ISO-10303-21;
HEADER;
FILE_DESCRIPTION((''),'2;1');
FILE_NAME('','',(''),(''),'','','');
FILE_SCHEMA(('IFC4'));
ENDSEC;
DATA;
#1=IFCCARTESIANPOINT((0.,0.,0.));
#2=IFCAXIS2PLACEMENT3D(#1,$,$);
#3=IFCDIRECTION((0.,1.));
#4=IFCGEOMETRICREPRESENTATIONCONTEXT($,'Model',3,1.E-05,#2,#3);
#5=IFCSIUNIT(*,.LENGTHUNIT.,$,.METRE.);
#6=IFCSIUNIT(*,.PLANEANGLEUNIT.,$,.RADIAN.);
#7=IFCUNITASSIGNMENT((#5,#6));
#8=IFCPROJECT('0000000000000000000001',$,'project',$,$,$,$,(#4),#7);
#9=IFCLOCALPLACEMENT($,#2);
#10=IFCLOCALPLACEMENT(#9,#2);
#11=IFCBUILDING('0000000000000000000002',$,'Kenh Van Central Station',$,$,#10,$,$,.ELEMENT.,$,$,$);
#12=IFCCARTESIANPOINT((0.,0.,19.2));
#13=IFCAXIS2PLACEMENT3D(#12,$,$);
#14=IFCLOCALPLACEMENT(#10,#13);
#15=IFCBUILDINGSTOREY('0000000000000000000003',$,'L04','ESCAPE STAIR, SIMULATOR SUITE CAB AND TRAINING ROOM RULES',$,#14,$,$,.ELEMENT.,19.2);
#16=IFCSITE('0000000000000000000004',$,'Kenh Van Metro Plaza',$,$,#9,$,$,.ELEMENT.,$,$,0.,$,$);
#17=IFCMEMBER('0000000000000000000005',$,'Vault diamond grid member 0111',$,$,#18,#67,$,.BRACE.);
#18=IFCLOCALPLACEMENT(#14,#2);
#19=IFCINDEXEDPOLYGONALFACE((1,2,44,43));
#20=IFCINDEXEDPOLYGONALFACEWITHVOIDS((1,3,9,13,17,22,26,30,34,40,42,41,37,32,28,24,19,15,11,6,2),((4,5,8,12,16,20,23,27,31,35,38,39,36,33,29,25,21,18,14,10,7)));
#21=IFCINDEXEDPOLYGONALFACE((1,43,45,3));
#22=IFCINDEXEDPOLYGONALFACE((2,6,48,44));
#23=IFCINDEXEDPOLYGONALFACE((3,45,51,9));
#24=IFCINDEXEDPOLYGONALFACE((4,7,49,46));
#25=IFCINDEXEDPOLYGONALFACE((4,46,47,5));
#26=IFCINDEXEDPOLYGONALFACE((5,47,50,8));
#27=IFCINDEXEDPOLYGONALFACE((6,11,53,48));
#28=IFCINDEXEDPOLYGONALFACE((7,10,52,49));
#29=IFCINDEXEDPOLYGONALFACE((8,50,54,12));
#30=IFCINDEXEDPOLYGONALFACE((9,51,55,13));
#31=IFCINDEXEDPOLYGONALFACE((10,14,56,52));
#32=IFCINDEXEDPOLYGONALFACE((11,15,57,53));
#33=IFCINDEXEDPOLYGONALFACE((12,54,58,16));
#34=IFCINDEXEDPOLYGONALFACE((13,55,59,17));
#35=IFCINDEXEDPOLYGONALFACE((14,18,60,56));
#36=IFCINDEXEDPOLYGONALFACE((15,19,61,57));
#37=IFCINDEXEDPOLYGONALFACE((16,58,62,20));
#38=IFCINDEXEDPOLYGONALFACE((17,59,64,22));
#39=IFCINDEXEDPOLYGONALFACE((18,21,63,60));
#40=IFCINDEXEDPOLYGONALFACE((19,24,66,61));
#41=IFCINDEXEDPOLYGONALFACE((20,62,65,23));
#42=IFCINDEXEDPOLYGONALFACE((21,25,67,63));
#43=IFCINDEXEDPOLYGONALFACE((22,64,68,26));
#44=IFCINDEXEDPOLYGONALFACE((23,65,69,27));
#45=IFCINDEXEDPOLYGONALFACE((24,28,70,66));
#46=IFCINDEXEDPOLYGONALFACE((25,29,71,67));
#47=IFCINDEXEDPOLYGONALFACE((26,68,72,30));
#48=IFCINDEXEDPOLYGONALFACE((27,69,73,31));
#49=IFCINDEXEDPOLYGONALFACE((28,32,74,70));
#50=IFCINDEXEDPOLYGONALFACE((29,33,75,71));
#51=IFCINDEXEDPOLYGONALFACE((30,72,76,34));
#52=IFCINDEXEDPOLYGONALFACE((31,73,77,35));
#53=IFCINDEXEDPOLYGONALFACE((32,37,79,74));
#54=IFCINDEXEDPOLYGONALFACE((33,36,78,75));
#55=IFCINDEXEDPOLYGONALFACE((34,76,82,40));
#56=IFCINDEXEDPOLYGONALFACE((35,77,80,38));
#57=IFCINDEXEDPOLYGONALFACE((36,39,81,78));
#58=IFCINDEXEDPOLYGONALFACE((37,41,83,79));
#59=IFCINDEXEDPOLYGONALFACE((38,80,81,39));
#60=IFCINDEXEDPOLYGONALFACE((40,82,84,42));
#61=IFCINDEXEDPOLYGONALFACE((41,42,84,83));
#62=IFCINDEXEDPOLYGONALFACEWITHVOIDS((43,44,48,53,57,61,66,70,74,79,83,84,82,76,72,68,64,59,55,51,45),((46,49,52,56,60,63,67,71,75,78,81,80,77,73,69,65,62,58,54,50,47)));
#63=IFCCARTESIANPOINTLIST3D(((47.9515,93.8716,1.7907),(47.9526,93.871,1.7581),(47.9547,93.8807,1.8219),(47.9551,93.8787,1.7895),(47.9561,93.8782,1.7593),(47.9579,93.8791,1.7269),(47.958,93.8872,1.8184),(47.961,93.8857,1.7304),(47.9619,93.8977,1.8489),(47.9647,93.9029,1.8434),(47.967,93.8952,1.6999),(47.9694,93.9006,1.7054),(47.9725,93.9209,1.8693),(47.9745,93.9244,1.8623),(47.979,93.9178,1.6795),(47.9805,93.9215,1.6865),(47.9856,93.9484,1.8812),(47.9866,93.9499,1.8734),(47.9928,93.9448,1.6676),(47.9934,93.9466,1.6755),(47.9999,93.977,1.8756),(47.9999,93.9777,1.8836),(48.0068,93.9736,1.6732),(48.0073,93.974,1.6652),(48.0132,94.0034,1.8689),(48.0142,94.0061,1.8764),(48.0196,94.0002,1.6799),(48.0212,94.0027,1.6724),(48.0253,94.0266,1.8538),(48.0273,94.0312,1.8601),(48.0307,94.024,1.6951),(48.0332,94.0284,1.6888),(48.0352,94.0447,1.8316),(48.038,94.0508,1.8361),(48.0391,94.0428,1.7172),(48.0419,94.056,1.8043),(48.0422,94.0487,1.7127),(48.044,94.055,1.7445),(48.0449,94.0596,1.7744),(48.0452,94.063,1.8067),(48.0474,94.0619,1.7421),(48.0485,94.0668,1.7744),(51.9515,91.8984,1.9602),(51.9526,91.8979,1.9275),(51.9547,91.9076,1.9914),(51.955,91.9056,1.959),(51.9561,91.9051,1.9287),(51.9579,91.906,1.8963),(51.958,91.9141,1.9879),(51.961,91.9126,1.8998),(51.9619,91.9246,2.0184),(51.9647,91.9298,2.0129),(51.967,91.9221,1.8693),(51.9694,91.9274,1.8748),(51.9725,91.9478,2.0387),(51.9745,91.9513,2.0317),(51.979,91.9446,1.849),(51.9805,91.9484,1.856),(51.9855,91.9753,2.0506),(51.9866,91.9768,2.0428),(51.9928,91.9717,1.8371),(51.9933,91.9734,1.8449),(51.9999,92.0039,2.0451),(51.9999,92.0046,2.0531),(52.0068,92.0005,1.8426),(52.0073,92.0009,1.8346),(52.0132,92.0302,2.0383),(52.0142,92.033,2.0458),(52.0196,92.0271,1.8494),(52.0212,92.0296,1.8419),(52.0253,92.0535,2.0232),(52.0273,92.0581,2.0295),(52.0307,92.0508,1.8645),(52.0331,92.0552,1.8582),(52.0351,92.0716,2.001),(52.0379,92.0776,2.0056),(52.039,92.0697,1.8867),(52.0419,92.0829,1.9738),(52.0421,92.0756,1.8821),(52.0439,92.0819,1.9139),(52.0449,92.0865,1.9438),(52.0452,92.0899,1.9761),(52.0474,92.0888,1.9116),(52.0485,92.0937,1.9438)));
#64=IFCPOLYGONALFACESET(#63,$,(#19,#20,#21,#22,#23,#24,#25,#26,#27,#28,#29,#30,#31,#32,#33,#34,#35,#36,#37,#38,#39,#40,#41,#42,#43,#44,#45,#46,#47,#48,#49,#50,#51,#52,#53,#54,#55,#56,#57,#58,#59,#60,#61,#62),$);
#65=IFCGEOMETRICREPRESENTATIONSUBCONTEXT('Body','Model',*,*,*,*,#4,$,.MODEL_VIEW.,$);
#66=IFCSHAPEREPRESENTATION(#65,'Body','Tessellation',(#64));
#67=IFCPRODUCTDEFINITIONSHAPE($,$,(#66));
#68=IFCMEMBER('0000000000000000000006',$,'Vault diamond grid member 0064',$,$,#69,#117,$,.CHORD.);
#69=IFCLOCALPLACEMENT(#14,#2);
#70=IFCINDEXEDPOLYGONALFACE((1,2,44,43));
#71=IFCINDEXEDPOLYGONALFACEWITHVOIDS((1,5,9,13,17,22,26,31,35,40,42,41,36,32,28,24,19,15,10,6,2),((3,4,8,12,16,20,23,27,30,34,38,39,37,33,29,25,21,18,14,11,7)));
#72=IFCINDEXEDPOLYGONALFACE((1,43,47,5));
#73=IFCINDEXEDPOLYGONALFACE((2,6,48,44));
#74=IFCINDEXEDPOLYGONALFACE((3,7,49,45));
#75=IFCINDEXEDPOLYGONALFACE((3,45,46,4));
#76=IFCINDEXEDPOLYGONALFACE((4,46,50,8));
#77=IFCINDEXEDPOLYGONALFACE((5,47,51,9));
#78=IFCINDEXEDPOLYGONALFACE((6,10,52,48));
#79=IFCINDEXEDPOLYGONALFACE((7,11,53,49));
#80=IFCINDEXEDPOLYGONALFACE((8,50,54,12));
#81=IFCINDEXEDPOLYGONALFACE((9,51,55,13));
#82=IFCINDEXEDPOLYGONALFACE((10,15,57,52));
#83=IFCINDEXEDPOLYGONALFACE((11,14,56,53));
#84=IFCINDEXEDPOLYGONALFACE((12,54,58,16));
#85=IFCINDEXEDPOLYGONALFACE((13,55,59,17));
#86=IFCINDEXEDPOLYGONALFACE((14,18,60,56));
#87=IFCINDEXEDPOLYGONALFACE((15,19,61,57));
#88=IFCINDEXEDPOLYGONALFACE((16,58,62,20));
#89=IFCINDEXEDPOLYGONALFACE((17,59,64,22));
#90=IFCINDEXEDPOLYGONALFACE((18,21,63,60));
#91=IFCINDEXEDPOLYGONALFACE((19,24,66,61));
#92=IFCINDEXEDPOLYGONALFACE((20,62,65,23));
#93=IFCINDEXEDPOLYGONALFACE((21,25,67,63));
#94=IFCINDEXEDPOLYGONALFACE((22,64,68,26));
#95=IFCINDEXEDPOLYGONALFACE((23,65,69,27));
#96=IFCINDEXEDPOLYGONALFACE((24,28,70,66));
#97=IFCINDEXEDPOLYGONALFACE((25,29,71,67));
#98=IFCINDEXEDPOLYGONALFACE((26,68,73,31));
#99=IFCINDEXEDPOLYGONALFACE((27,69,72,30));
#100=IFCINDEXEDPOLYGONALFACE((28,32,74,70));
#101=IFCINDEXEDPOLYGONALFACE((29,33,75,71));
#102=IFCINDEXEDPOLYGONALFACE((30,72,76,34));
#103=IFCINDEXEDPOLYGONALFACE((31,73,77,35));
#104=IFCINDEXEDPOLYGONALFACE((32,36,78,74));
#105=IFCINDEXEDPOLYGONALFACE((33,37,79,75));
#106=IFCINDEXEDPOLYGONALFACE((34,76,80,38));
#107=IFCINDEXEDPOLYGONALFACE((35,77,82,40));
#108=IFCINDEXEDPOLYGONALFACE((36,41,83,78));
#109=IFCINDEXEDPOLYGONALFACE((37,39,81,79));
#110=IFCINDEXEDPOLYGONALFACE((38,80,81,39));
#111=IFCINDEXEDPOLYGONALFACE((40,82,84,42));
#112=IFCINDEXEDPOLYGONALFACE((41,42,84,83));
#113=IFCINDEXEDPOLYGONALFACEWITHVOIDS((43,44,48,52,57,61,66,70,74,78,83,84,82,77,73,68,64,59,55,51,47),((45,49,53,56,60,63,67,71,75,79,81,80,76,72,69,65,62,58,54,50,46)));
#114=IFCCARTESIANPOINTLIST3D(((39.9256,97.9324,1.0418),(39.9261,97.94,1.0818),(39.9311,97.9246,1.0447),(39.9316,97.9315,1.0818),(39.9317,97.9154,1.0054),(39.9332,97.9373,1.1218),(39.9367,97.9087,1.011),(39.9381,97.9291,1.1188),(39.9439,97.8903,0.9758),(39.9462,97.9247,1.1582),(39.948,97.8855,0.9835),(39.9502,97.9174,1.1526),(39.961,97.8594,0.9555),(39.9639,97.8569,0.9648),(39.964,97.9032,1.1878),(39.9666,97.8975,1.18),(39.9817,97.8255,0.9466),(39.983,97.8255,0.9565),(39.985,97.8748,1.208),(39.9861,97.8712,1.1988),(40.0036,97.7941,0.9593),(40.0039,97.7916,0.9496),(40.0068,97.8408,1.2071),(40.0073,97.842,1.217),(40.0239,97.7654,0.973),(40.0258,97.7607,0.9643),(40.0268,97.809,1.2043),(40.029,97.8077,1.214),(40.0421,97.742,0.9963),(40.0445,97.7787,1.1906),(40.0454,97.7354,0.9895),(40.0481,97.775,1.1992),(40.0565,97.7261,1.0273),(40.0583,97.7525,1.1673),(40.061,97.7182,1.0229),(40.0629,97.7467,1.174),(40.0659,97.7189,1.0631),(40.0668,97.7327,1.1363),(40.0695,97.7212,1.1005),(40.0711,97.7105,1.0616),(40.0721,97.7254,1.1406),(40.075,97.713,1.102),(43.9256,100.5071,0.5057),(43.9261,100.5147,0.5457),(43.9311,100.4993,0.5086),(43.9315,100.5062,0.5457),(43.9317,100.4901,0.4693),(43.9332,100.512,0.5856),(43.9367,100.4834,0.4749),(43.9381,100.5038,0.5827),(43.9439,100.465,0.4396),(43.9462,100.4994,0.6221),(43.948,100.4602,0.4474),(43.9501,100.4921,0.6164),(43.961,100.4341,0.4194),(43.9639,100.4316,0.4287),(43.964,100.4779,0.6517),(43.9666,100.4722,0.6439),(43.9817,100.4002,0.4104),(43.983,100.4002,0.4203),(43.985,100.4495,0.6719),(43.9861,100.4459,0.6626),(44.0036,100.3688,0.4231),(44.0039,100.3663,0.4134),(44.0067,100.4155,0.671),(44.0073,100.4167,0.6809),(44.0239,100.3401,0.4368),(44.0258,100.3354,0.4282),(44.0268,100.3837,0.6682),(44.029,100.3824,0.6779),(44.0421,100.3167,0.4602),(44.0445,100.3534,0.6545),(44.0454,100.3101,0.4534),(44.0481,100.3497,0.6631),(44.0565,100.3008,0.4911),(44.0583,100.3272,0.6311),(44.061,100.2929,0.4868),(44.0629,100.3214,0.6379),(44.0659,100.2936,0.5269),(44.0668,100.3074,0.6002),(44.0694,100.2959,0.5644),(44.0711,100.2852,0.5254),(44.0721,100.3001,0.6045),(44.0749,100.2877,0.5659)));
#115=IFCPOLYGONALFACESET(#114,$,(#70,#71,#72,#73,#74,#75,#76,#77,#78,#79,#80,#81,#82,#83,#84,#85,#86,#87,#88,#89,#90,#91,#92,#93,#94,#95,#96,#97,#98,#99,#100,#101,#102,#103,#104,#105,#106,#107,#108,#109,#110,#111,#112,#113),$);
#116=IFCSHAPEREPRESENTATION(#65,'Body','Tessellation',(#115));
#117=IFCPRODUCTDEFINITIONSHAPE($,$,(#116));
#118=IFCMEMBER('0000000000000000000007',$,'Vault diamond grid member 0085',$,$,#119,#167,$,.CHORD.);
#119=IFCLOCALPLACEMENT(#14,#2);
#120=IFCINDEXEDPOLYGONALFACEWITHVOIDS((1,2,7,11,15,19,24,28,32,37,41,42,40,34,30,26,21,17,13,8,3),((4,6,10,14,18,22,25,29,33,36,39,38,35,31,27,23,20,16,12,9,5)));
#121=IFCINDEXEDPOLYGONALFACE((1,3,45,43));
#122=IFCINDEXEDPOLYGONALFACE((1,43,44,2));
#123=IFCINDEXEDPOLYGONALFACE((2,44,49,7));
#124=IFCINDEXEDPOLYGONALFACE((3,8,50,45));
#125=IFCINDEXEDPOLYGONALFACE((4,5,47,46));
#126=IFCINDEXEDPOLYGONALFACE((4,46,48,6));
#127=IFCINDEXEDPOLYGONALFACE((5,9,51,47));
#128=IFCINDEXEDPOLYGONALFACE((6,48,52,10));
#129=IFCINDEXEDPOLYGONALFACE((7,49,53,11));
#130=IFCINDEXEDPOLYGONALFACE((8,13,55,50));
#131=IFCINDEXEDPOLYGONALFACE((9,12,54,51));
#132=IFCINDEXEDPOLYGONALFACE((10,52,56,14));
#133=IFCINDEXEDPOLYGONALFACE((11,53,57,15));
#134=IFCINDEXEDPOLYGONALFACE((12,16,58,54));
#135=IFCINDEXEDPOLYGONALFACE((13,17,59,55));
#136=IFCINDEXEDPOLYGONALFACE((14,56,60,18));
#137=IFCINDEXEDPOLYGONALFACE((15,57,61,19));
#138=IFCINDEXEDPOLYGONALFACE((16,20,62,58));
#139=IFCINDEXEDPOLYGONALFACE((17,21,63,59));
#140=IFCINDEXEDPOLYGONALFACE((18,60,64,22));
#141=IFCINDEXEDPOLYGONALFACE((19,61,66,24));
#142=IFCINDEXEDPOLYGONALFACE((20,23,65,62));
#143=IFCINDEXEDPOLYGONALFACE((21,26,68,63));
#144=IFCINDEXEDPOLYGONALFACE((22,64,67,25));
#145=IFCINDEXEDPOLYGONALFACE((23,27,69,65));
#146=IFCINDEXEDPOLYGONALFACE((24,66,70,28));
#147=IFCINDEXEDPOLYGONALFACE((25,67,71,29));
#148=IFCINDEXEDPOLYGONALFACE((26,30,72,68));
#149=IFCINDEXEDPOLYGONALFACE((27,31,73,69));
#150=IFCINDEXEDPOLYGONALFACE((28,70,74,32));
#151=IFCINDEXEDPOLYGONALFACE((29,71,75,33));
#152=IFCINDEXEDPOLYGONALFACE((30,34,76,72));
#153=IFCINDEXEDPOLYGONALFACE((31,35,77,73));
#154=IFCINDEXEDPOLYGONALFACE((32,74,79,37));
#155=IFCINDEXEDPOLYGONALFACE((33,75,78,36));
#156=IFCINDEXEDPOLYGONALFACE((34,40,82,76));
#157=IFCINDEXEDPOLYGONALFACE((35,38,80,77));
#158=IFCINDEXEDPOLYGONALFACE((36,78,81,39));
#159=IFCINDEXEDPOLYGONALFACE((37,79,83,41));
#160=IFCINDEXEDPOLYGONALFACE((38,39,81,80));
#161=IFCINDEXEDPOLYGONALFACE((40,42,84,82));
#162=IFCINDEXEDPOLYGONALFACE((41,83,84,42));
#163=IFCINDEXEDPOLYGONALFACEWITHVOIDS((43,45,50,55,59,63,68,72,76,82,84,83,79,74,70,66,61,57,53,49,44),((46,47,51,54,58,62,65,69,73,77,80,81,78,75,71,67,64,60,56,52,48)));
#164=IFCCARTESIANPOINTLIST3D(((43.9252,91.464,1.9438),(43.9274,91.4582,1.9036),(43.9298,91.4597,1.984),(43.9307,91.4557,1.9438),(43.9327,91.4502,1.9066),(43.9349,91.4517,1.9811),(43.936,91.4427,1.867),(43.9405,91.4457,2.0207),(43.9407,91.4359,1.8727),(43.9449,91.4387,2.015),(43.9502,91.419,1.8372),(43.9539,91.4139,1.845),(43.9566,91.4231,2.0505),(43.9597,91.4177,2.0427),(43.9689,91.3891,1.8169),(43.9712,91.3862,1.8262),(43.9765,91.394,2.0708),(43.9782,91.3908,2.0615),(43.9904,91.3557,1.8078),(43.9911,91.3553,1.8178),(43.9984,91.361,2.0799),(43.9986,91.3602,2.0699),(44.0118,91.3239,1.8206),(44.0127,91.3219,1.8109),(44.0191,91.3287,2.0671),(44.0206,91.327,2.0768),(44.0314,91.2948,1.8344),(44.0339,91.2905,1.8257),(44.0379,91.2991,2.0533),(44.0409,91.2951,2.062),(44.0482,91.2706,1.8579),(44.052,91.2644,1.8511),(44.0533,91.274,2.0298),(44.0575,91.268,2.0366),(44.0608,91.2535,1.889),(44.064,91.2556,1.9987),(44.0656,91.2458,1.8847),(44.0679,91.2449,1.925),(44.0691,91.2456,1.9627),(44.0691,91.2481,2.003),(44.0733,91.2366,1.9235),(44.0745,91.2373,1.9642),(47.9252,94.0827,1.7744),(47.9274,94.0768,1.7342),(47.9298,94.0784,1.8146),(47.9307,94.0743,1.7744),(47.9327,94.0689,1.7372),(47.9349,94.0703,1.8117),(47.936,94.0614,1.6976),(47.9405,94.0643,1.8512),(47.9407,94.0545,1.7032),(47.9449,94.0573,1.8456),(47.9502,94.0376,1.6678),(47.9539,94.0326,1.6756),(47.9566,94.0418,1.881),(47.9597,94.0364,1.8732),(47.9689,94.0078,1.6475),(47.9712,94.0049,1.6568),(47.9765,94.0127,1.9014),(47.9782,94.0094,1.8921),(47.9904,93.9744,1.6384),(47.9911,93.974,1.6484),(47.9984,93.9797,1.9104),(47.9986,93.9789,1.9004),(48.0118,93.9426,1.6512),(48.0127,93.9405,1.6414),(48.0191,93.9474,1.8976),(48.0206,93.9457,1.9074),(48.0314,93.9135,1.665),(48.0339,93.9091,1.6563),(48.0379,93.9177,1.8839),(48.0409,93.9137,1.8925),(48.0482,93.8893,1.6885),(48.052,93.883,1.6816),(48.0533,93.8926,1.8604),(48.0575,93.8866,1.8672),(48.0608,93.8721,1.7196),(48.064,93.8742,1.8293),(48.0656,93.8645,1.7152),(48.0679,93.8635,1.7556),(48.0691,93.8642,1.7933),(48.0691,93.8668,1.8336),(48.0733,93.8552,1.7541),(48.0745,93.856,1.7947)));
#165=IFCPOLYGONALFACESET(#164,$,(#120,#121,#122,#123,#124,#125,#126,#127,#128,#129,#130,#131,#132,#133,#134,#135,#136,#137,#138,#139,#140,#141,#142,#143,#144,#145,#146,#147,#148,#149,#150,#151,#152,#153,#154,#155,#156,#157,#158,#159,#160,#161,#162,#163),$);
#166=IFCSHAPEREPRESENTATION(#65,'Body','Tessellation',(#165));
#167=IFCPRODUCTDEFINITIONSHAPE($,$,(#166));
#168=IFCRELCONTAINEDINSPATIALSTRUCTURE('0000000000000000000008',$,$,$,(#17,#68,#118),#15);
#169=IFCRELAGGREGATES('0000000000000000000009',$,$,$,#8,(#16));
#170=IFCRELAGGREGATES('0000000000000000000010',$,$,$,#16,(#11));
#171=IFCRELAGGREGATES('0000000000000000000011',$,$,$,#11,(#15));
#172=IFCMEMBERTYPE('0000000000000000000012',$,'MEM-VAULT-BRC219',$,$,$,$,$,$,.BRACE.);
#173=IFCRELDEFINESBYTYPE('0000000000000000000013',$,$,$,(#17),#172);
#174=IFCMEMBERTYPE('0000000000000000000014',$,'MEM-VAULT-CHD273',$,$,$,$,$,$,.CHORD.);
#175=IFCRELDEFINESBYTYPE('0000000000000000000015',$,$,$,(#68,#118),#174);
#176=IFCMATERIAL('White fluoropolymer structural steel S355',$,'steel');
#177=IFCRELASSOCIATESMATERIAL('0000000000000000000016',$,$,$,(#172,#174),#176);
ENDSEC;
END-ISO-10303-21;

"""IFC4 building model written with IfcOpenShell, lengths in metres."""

from ifc_helpers import new_model, si_unit, direction, frame, origin, origin_2d, place, context, subcontext, project, spatial, hollow_circle, extrude, material, material_profile, profile_set, type_object, element, save


model = new_model("IFC4")

# Units and contexts
model_context = context("Model", 3, precision=1e-05, world=origin(), true_north=direction((0.0, 1.0)))
body_context = subcontext(model_context, "Body", "Model", "MODEL_VIEW")
ifc_project = project(units=[si_unit("LENGTHUNIT", "METRE"), si_unit("PLANEANGLEUNIT", "RADIAN")], contexts=[model_context])

# Site, building, storey
site_placement = place(None, origin())
site = spatial("IfcSite", under=ifc_project, at=site_placement, Name="Kenh Van Metro Plaza", CompositionType="ELEMENT", RefElevation=0.0)
building_placement = place(site_placement, origin())
building = spatial("IfcBuilding", under=site, at=building_placement, Name="Kenh Van Central Station", CompositionType="ELEMENT")
storey_placement = place(building_placement, frame((0.0, 0.0, 19.2)))
storey = spatial("IfcBuildingStorey", under=building, at=storey_placement, Name="L04", Description="ESCAPE STAIR, SIMULATOR SUITE CAB AND TRAINING ROOM RULES", CompositionType="ELEMENT", Elevation=19.2)

# Shared definitions
ifc_material_1 = material(Name="White fluoropolymer structural steel S355", Category="steel")

# Members
ifc_material_profile_1 = material_profile(ifc_material_1, hollow_circle(Radius=0.1096, WallThickness=0.0081, at=origin_2d()), Name="CHS 219.1x8")
ifc_profile_set_1 = profile_set([ifc_material_profile_1], Name="White fluoropolymer structural steel S355")
member_type_1 = type_object("IfcMemberType", Name="MEM-VAULT-BRC219", PredefinedType="BRACE", material=ifc_profile_set_1)
member_1_placement = place(storey_placement, frame((48.0, 93.9685, 1.7744), z_axis=(0.896176, -0.442071, 0.037961), x_axis=(0.44239, 0.896823, 0.0)))
element("IfcMember", 1, at=member_1_placement, inside=storey, type_object=member_type_1, Name="Vault diamond grid member 0111", PredefinedType="BRACE", context=body_context, shape_type="SweptSolid", body=[
    extrude(hollow_circle(Radius=0.1096, WallThickness=0.0081, at=origin_2d()), origin(), (0.0, 0.0, 1.0), 4.4634),
])
ifc_material_profile_2 = material_profile(ifc_material_1, hollow_circle(Radius=0.1365, WallThickness=0.01, at=origin_2d()), Name="CHS 273x10")
ifc_profile_set_2 = profile_set([ifc_material_profile_2], Name="White fluoropolymer structural steel S355")
member_type_2 = type_object("IfcMemberType", Name="MEM-VAULT-CHD273", PredefinedType="CHORD", material=ifc_profile_set_2)
member_2_placement = place(storey_placement, frame((40.0, 97.8252, 1.0818), z_axis=(0.835575, 0.53784, -0.111995), x_axis=(-0.541245, 0.840865, 0.0)))
element("IfcMember", 2, at=member_2_placement, inside=storey, type_object=member_type_2, Name="Vault diamond grid member 0064", PredefinedType="CHORD", context=body_context, shape_type="SweptSolid", body=[
    extrude(hollow_circle(Radius=0.1365, WallThickness=0.01, at=origin_2d()), origin(), (0.0, 0.0, 1.0), 4.7871),
])
member_3_placement = place(storey_placement, frame((44.0, 91.3499, 1.9438), z_axis=(0.836132, 0.547384, -0.035417), x_axis=(-0.547728, 0.836656, 0.0)))
element("IfcMember", 3, at=member_3_placement, inside=storey, type_object=member_type_2, Name="Vault diamond grid member 0085", PredefinedType="CHORD", context=body_context, shape_type="SweptSolid", body=[
    extrude(hollow_circle(Radius=0.1365, WallThickness=0.01, at=origin_2d()), origin(), (0.0, 0.0, 1.0), 4.7839),
])

save(model, "model.ifc")
